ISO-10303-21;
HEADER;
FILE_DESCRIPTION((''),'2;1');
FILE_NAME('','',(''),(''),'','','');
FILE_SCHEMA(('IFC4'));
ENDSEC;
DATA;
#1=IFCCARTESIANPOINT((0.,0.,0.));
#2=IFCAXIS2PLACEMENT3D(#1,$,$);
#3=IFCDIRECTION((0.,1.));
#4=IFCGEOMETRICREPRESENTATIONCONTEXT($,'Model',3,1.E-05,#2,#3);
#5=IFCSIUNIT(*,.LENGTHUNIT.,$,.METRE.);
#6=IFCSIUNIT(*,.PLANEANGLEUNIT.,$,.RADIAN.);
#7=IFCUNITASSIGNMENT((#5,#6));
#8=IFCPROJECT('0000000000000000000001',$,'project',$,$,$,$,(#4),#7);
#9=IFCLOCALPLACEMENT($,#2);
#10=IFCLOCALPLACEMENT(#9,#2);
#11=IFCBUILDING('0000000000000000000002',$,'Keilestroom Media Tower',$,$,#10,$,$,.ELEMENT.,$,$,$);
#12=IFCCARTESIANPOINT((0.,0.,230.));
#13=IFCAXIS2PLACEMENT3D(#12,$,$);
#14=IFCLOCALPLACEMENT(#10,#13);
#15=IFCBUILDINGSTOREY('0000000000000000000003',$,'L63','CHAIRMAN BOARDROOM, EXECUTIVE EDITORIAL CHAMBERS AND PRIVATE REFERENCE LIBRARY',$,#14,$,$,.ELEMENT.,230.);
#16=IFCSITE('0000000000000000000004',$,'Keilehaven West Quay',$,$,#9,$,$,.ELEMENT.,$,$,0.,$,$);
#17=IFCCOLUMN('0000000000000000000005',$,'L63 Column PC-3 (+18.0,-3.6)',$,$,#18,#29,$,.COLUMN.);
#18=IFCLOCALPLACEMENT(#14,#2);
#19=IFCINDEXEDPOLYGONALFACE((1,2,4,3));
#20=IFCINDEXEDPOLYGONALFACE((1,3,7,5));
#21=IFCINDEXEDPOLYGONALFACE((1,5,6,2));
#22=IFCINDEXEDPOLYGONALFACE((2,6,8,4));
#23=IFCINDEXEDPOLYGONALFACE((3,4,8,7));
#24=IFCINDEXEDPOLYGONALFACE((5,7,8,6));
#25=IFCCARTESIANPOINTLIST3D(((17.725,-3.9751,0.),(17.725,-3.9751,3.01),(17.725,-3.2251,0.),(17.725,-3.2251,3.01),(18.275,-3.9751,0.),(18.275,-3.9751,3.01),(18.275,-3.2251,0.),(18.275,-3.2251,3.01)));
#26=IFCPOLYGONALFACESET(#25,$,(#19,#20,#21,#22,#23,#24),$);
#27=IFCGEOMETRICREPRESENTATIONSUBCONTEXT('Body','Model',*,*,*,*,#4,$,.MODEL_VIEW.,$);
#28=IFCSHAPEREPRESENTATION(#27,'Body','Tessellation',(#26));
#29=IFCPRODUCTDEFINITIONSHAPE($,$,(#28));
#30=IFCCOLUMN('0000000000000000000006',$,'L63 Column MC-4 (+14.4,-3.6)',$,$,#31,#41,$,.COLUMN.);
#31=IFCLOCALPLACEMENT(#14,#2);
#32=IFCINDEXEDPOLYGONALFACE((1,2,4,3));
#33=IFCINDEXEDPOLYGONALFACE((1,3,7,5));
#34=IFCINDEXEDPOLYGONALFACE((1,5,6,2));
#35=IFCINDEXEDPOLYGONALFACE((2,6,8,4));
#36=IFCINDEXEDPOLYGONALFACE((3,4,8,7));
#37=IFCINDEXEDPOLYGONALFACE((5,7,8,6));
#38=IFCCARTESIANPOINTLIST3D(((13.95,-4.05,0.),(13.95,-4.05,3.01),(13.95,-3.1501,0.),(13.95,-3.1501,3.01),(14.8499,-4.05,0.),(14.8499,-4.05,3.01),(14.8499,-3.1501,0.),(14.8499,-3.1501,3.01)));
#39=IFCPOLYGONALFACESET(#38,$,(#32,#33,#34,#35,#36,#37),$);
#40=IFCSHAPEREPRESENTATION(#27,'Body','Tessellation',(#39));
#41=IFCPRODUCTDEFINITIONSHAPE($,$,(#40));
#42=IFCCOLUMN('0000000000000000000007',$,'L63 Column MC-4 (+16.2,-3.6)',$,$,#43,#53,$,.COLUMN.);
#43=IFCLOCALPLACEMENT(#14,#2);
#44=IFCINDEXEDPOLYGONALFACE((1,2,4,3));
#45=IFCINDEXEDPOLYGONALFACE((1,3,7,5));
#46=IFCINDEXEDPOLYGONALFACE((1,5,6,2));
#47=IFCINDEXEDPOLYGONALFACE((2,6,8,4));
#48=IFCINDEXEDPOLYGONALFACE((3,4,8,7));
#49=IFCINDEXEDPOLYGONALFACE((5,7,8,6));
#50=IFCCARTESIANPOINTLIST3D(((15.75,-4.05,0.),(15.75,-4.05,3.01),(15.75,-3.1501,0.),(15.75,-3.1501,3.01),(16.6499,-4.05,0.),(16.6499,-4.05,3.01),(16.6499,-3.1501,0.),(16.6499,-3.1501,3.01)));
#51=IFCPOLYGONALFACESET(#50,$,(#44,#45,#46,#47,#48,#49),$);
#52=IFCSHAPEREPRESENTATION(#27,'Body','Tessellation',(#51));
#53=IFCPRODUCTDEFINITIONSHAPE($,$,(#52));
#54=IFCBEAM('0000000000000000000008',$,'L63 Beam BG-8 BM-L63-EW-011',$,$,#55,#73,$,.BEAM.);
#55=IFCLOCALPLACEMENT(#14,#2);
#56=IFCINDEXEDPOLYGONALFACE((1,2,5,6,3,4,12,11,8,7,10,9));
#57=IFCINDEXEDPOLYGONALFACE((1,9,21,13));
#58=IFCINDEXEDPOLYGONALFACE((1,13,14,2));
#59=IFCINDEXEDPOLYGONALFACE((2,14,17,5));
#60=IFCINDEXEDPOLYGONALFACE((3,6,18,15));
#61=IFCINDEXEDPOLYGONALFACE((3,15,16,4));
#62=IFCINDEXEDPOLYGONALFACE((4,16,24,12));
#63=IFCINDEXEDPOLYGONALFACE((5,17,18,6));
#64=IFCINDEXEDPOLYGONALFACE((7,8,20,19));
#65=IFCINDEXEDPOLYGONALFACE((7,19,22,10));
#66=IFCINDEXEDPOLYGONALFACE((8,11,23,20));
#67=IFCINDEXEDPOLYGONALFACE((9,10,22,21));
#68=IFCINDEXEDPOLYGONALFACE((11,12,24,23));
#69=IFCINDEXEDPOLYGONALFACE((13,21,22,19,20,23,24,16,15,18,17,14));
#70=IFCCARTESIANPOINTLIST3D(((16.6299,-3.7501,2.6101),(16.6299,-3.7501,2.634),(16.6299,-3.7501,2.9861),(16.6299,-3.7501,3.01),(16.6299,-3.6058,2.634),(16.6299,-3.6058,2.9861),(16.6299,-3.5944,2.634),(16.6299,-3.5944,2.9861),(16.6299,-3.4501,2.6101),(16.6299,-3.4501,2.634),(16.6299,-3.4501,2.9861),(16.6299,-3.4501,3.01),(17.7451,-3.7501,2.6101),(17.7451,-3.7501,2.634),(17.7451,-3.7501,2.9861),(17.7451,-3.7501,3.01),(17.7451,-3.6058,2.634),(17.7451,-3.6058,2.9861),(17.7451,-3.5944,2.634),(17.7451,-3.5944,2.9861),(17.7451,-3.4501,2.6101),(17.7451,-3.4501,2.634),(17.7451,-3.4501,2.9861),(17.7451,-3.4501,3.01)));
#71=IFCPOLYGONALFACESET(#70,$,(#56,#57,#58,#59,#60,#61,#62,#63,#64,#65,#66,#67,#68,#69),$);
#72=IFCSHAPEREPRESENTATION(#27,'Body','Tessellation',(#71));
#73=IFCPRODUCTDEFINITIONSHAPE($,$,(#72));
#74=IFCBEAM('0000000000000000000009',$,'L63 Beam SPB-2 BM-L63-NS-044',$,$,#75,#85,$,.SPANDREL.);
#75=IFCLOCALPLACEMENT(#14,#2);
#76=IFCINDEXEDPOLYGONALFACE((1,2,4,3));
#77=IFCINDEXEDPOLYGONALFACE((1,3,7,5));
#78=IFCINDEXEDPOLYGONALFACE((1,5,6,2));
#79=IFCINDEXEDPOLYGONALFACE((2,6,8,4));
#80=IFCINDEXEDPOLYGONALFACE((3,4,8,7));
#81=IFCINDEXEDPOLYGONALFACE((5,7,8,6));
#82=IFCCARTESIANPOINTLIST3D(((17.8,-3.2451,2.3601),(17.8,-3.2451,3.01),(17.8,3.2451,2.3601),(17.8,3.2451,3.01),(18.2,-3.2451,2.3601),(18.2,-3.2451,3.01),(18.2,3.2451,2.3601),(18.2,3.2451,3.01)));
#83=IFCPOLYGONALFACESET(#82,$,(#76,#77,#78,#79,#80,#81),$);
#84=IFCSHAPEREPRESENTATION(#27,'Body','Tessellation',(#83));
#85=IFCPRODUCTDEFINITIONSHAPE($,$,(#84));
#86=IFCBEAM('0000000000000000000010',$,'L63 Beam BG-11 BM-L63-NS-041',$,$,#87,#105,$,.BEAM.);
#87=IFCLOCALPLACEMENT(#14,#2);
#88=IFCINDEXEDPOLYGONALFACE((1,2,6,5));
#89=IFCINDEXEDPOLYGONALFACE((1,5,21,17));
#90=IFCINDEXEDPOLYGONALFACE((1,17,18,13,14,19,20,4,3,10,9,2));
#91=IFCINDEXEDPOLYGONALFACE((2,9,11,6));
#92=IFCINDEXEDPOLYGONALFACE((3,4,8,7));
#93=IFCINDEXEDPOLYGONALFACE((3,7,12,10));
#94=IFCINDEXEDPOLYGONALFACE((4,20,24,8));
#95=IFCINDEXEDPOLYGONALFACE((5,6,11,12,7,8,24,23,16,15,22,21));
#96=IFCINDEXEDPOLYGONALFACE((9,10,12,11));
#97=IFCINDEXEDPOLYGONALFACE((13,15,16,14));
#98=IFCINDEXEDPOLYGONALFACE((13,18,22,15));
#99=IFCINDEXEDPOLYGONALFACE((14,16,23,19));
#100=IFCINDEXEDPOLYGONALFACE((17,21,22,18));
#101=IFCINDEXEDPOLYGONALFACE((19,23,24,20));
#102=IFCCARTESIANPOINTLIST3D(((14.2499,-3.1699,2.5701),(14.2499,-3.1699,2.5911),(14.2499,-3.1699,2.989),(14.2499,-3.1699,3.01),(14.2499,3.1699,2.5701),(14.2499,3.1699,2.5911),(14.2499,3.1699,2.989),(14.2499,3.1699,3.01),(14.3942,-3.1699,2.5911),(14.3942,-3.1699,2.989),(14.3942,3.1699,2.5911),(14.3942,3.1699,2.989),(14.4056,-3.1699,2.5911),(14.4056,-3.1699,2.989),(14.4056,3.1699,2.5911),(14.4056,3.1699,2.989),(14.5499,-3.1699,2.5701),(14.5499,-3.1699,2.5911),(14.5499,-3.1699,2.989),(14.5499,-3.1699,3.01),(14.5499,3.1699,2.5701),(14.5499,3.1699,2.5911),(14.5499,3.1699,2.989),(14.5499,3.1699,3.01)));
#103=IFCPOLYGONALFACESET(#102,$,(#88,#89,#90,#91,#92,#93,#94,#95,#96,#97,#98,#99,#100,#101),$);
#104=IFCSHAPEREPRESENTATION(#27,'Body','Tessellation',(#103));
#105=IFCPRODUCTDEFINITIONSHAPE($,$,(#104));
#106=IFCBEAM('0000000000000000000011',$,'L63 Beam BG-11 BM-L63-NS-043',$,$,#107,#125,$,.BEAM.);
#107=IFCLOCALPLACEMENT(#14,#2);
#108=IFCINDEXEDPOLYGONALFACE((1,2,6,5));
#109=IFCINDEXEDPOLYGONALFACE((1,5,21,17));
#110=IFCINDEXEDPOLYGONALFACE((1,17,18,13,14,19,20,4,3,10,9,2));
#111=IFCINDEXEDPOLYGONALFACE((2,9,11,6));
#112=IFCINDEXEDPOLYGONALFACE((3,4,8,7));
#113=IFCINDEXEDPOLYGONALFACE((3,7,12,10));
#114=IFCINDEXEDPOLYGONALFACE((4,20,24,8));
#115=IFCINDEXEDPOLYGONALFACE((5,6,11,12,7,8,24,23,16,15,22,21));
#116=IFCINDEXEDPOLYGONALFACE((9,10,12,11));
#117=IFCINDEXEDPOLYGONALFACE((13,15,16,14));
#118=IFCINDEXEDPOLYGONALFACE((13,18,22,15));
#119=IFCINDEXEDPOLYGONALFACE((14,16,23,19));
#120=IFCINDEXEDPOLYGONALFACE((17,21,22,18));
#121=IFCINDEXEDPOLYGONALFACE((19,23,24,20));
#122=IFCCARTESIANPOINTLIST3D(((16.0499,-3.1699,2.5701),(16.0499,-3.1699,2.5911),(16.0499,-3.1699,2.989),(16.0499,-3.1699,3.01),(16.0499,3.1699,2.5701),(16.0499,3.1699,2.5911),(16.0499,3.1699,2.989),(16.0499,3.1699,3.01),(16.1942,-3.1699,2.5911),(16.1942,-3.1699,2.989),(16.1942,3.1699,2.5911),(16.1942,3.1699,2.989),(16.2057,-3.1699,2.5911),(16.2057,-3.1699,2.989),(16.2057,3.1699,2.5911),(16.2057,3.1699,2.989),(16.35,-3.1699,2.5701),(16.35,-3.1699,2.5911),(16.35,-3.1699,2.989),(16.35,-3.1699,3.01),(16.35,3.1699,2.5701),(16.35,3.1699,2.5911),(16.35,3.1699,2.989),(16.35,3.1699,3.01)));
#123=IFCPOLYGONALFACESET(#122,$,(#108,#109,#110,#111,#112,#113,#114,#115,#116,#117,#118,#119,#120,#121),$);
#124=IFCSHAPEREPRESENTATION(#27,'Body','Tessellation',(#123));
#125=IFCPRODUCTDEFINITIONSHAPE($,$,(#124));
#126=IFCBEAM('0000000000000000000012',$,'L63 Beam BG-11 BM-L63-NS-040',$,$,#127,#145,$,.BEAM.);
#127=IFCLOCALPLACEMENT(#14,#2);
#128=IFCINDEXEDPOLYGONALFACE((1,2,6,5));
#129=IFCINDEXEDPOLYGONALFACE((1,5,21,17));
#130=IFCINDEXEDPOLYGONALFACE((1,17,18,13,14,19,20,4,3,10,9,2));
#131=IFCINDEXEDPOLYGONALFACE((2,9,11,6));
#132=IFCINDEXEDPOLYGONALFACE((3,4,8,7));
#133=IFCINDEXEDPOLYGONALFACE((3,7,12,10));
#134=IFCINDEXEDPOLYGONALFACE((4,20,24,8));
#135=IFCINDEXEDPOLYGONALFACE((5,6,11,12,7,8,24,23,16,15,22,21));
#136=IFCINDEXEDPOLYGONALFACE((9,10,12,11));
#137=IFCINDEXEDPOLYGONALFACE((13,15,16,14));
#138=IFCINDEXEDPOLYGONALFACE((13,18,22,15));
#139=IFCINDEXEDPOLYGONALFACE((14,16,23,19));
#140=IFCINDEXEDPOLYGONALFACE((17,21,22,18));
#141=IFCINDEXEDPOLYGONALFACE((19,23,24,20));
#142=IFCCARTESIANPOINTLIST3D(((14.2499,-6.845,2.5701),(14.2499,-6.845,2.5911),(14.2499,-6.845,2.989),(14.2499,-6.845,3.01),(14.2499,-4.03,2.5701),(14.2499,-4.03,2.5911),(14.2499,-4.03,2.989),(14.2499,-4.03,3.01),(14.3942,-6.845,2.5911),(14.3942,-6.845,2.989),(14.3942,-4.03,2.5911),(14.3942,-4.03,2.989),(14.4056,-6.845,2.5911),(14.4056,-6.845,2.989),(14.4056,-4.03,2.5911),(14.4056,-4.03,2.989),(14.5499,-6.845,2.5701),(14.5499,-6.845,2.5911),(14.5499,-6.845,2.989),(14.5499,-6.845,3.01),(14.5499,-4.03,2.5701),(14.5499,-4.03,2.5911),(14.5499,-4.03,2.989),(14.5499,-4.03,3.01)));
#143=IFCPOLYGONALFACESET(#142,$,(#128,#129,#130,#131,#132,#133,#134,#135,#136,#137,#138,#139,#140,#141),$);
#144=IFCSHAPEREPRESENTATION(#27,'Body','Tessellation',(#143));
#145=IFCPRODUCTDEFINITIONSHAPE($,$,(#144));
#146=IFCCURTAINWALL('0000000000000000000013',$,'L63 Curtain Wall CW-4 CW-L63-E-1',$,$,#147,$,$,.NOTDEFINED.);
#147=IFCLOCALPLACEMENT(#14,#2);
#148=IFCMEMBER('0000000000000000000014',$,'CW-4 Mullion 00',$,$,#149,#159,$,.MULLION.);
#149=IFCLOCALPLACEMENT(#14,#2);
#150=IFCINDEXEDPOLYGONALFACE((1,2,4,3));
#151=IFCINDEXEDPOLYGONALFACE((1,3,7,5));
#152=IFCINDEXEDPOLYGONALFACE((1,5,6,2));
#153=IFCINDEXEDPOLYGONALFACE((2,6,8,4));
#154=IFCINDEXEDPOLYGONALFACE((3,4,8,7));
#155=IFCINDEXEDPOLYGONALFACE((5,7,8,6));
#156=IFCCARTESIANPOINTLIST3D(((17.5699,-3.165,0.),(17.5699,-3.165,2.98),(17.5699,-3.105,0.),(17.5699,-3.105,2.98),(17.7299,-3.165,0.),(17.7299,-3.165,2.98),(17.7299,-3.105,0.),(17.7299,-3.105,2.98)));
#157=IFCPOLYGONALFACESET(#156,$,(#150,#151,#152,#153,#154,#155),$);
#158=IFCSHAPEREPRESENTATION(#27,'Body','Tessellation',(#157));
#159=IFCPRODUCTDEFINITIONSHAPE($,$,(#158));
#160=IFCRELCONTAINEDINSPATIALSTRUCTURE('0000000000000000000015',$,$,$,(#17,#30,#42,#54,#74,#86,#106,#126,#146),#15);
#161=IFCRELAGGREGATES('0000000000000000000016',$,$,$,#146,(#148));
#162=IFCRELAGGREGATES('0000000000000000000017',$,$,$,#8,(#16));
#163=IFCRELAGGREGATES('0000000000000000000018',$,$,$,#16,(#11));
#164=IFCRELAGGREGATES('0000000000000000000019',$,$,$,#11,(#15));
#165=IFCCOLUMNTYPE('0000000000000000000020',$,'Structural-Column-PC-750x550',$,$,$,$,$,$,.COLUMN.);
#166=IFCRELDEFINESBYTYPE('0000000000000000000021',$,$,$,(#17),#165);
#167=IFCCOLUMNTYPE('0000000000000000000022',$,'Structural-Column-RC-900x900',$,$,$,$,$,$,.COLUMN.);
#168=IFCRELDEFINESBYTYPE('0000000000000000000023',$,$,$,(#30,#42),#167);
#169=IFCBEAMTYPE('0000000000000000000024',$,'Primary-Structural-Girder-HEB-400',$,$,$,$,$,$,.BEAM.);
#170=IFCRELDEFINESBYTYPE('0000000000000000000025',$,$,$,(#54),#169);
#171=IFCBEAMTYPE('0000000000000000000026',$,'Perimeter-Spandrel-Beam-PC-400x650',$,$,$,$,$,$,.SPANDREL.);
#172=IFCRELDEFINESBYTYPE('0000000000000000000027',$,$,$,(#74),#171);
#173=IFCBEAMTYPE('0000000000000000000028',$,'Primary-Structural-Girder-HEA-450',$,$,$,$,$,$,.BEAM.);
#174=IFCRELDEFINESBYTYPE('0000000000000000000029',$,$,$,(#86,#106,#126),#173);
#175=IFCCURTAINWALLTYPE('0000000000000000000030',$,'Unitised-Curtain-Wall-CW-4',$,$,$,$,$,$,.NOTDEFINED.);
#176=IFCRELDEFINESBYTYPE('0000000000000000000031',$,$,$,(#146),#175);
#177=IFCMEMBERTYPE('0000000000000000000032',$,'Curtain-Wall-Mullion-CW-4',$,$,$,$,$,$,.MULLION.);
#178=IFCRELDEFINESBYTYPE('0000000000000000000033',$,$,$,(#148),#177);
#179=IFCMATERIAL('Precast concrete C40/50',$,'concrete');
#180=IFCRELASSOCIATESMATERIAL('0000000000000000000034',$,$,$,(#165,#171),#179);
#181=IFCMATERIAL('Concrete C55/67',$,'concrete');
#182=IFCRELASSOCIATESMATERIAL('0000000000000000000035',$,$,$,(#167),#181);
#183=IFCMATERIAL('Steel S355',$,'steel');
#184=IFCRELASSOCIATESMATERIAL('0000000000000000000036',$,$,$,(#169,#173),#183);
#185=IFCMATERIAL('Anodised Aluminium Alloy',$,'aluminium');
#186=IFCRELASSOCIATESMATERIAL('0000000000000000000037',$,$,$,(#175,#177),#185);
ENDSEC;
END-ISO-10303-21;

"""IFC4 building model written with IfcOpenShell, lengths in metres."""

from ifc_helpers import new_model, si_unit, direction, frame, origin, origin_2d, place, context, subcontext, project, spatial, rectangle, i_section, extrude, source, transform, mapped, material, material_profile, profile_set, type_object, element, aggregate, save


model = new_model("IFC4")

# Units and contexts
model_context = context("Model", 3, precision=1e-05, world=origin(), true_north=direction((0.0, 1.0)))
body_context = subcontext(model_context, "Body", "Model", "MODEL_VIEW")
ifc_project = project(units=[si_unit("LENGTHUNIT", "METRE"), si_unit("PLANEANGLEUNIT", "RADIAN")], contexts=[model_context])

# Site, building, storey
site_placement = place(None, origin())
site = spatial("IfcSite", under=ifc_project, at=site_placement, Name="Keilehaven West Quay", CompositionType="ELEMENT", RefElevation=0.0)
building_placement = place(site_placement, origin())
building = spatial("IfcBuilding", under=site, at=building_placement, Name="Keilestroom Media Tower", CompositionType="ELEMENT")
storey_placement = place(building_placement, frame((0.0, 0.0, 230.0)))
storey = spatial("IfcBuildingStorey", under=building, at=storey_placement, Name="L63", Description="CHAIRMAN BOARDROOM, EXECUTIVE EDITORIAL CHAMBERS AND PRIVATE REFERENCE LIBRARY", CompositionType="ELEMENT", Elevation=230.0)

# Columns
ifc_material_1 = material(Name="Precast concrete C40/50", Category="concrete")
ifc_material_profile_1 = material_profile(ifc_material_1, rectangle(XDim=0.55, YDim=0.75, at=origin_2d()), Name="PC 750x550")
ifc_profile_set_1 = profile_set([ifc_material_profile_1], Name="Precast concrete C40/50")
column_type_1 = type_object("IfcColumnType", Name="Structural-Column-PC-750x550", PredefinedType="COLUMN", material=ifc_profile_set_1)
shared_shape_1 = source(origin(), body_context, "Body", "SweptSolid", [
    extrude(rectangle(XDim=0.55, YDim=0.75, at=origin_2d()), origin(), (0.0, 0.0, 1.0), 3.01),
])
column_placement = place(storey_placement, frame((18.0, -3.6001, 0.0), z_axis=(0.0, 0.0, 1.0), x_axis=(1.0, 0.0, 0.0)))
element("IfcColumn", 1, at=column_placement, inside=storey, type_object=column_type_1, Name="L63 Column PC-3 (+18.0,-3.6)", PredefinedType="COLUMN", context=body_context, shape_type="MappedRepresentation", body=[
    mapped(shared_shape_1, transform((0.0, 0.0, 0.0), x_axis=(1.0, 0.0, 0.0), y_axis=(0.0, 1.0, 0.0), z_axis=(0.0, 0.0, 1.0), scale=1.0)),
])
ifc_material_2 = material(Name="Concrete C55/67", Category="concrete")
ifc_material_profile_2 = material_profile(ifc_material_2, rectangle(XDim=0.8999, YDim=0.8999, at=origin_2d()), Name="RC 900x900")
ifc_profile_set_2 = profile_set([ifc_material_profile_2], Name="Concrete C55/67")
column_type_2 = type_object("IfcColumnType", Name="Structural-Column-RC-900x900", PredefinedType="COLUMN", material=ifc_profile_set_2)
shared_shape_2 = source(origin(), body_context, "Body", "SweptSolid", [
    extrude(rectangle(XDim=0.8999, YDim=0.8999, at=origin_2d()), origin(), (0.0, 0.0, 1.0), 3.01),
])
for number, where, z_axis, x_axis, name in (
    (2, (14.3999, -3.6001, 0.0), (0.0, 0.0, 1.0), (1.0, 0.0, 0.0), "L63 Column MC-4 (+14.4,-3.6)"),
    (3, (16.2, -3.6001, 0.0), (0.0, 0.0, 1.0), (1.0, 0.0, 0.0), "L63 Column MC-4 (+16.2,-3.6)"),
):
    element("IfcColumn", number, at=place(storey_placement, frame(where, z_axis=z_axis, x_axis=x_axis)), inside=storey, type_object=column_type_2, Name=name, PredefinedType="COLUMN", context=body_context, shape_type="MappedRepresentation", body=[
        mapped(shared_shape_2, transform((0.0, 0.0, 0.0), x_axis=(1.0, 0.0, 0.0), y_axis=(0.0, 1.0, 0.0), z_axis=(0.0, 0.0, 1.0), scale=1.0)),
    ])

# Beams
ifc_material_3 = material(Name="Steel S355", Category="steel")
ifc_material_profile_3 = material_profile(ifc_material_3, i_section(OverallWidth=0.3, OverallDepth=0.3999, WebThickness=0.0115, FlangeThickness=0.0239, at=origin_2d()), Name="HEB 400")
ifc_profile_set_3 = profile_set([ifc_material_profile_3], Name="Steel S355")
beam_type_1 = type_object("IfcBeamType", Name="Primary-Structural-Girder-HEB-400", PredefinedType="BEAM", material=ifc_profile_set_3)
shared_shape_3 = source(origin(), body_context, "Body", "SweptSolid", [
    extrude(i_section(OverallWidth=0.3, OverallDepth=0.3999, WebThickness=0.0115, FlangeThickness=0.0239, at=origin_2d()), origin(), (0.0, 0.0, 1.0), 1.1152),
])
beam_1_placement = place(storey_placement, frame((16.6299, -3.6001, 2.8101), z_axis=(1.0, 0.0, 0.0), x_axis=(0.0, 1.0, 0.0)))
element("IfcBeam", 4, at=beam_1_placement, inside=storey, type_object=beam_type_1, Name="L63 Beam BG-8 BM-L63-EW-011", PredefinedType="BEAM", context=body_context, shape_type="MappedRepresentation", body=[
    mapped(shared_shape_3, transform((0.0, 0.0, 0.0), x_axis=(1.0, 0.0, 0.0), y_axis=(0.0, 1.0, 0.0), z_axis=(0.0, 0.0, 1.0), scale=1.0)),
])
ifc_material_profile_4 = material_profile(ifc_material_1, rectangle(XDim=0.3999, YDim=0.6499, at=origin_2d()), Name="PC 400x650")
ifc_profile_set_4 = profile_set([ifc_material_profile_4], Name="Precast concrete C40/50")
beam_type_2 = type_object("IfcBeamType", Name="Perimeter-Spandrel-Beam-PC-400x650", PredefinedType="SPANDREL", material=ifc_profile_set_4)
shared_shape_4 = source(origin(), body_context, "Body", "SweptSolid", [
    extrude(rectangle(XDim=0.3999, YDim=0.6499, at=origin_2d()), origin(), (0.0, 0.0, 1.0), 6.4902),
])
beam_2_placement = place(storey_placement, frame((18.0, -3.2451, 2.6851), z_axis=(0.0, 1.0, 0.0), x_axis=(-1.0, 0.0, 0.0)))
element("IfcBeam", 5, at=beam_2_placement, inside=storey, type_object=beam_type_2, Name="L63 Beam SPB-2 BM-L63-NS-044", PredefinedType="SPANDREL", context=body_context, shape_type="MappedRepresentation", body=[
    mapped(shared_shape_4, transform((0.0, 0.0, 0.0), x_axis=(1.0, 0.0, 0.0), y_axis=(0.0, 1.0, 0.0), z_axis=(0.0, 0.0, 1.0), scale=1.0)),
])
ifc_material_profile_5 = material_profile(ifc_material_3, i_section(OverallWidth=0.3, OverallDepth=0.4399, WebThickness=0.0115, FlangeThickness=0.021, at=origin_2d()), Name="HEA 450")
ifc_profile_set_5 = profile_set([ifc_material_profile_5], Name="Steel S355")
beam_type_3 = type_object("IfcBeamType", Name="Primary-Structural-Girder-HEA-450", PredefinedType="BEAM", material=ifc_profile_set_5)
shared_shape_5 = source(origin(), body_context, "Body", "SweptSolid", [
    extrude(i_section(OverallWidth=0.3, OverallDepth=0.4399, WebThickness=0.0115, FlangeThickness=0.021, at=origin_2d()), origin(), (0.0, 0.0, 1.0), 6.3398),
])
for number, where, z_axis, x_axis, name in (
    (6, (14.3999, -3.1699, 2.79), (0.0, 1.0, 0.0), (-1.0, 0.0, 0.0), "L63 Beam BG-11 BM-L63-NS-041"),
    (7, (16.2, -3.1699, 2.79), (0.0, 1.0, 0.0), (-1.0, 0.0, 0.0), "L63 Beam BG-11 BM-L63-NS-043"),
):
    element("IfcBeam", number, at=place(storey_placement, frame(where, z_axis=z_axis, x_axis=x_axis)), inside=storey, type_object=beam_type_3, Name=name, PredefinedType="BEAM", context=body_context, shape_type="MappedRepresentation", body=[
        mapped(shared_shape_5, transform((0.0, 0.0, 0.0), x_axis=(1.0, 0.0, 0.0), y_axis=(0.0, 1.0, 0.0), z_axis=(0.0, 0.0, 1.0), scale=1.0)),
    ])
shared_shape_6 = source(origin(), body_context, "Body", "SweptSolid", [
    extrude(i_section(OverallWidth=0.3, OverallDepth=0.4399, WebThickness=0.0115, FlangeThickness=0.021, at=origin_2d()), origin(), (0.0, 0.0, 1.0), 2.8149),
])
beam_3_placement = place(storey_placement, frame((14.3999, -6.845, 2.79), z_axis=(0.0, 1.0, 0.0), x_axis=(-1.0, 0.0, 0.0)))
element("IfcBeam", 8, at=beam_3_placement, inside=storey, type_object=beam_type_3, Name="L63 Beam BG-11 BM-L63-NS-040", PredefinedType="BEAM", context=body_context, shape_type="MappedRepresentation", body=[
    mapped(shared_shape_6, transform((0.0, 0.0, 0.0), x_axis=(1.0, 0.0, 0.0), y_axis=(0.0, 1.0, 0.0), z_axis=(0.0, 0.0, 1.0), scale=1.0)),
])

# Curtain wall, member
ifc_material_4 = material(Name="Anodised Aluminium Alloy", Category="aluminium")
curtain_wall_type = type_object("IfcCurtainWallType", Name="Unitised-Curtain-Wall-CW-4", PredefinedType="NOTDEFINED", material=ifc_material_4)
curtain_wall_placement = place(storey_placement, origin())
curtain_wall = element("IfcCurtainWall", 9, at=curtain_wall_placement, inside=storey, type_object=curtain_wall_type, Name="L63 Curtain Wall CW-4 CW-L63-E-1", PredefinedType="NOTDEFINED")
ifc_material_profile_6 = material_profile(ifc_material_4, rectangle(XDim=0.0601, YDim=0.1599, at=origin_2d()), Name="ALU MULLION 60x160")
ifc_profile_set_6 = profile_set([ifc_material_profile_6], Name="Anodised Aluminium Alloy")
member_type_1 = type_object("IfcMemberType", Name="Curtain-Wall-Mullion-CW-4", PredefinedType="MULLION", material=ifc_profile_set_6)
shared_shape_7 = source(origin(), body_context, "Body", "SweptSolid", [
    extrude(rectangle(XDim=0.0601, YDim=0.1599, at=origin_2d()), origin(), (0.0, 0.0, 1.0), 2.98),
])
member_1_placement = place(storey_placement, frame((17.6499, -3.135, 0.0), z_axis=(0.0, 0.0, 1.0), x_axis=(0.0, 1.0, 0.0)))
member_1 = element("IfcMember", 10, at=member_1_placement, type_object=member_type_1, Name="CW-4 Mullion 00", PredefinedType="MULLION", context=body_context, shape_type="MappedRepresentation", body=[
    mapped(shared_shape_7, transform((0.0, 0.0, 0.0), x_axis=(1.0, 0.0, 0.0), y_axis=(0.0, 1.0, 0.0), z_axis=(0.0, 0.0, 1.0), scale=1.0)),
])
aggregate(curtain_wall, [member_1])

save(model, "model.ifc")
